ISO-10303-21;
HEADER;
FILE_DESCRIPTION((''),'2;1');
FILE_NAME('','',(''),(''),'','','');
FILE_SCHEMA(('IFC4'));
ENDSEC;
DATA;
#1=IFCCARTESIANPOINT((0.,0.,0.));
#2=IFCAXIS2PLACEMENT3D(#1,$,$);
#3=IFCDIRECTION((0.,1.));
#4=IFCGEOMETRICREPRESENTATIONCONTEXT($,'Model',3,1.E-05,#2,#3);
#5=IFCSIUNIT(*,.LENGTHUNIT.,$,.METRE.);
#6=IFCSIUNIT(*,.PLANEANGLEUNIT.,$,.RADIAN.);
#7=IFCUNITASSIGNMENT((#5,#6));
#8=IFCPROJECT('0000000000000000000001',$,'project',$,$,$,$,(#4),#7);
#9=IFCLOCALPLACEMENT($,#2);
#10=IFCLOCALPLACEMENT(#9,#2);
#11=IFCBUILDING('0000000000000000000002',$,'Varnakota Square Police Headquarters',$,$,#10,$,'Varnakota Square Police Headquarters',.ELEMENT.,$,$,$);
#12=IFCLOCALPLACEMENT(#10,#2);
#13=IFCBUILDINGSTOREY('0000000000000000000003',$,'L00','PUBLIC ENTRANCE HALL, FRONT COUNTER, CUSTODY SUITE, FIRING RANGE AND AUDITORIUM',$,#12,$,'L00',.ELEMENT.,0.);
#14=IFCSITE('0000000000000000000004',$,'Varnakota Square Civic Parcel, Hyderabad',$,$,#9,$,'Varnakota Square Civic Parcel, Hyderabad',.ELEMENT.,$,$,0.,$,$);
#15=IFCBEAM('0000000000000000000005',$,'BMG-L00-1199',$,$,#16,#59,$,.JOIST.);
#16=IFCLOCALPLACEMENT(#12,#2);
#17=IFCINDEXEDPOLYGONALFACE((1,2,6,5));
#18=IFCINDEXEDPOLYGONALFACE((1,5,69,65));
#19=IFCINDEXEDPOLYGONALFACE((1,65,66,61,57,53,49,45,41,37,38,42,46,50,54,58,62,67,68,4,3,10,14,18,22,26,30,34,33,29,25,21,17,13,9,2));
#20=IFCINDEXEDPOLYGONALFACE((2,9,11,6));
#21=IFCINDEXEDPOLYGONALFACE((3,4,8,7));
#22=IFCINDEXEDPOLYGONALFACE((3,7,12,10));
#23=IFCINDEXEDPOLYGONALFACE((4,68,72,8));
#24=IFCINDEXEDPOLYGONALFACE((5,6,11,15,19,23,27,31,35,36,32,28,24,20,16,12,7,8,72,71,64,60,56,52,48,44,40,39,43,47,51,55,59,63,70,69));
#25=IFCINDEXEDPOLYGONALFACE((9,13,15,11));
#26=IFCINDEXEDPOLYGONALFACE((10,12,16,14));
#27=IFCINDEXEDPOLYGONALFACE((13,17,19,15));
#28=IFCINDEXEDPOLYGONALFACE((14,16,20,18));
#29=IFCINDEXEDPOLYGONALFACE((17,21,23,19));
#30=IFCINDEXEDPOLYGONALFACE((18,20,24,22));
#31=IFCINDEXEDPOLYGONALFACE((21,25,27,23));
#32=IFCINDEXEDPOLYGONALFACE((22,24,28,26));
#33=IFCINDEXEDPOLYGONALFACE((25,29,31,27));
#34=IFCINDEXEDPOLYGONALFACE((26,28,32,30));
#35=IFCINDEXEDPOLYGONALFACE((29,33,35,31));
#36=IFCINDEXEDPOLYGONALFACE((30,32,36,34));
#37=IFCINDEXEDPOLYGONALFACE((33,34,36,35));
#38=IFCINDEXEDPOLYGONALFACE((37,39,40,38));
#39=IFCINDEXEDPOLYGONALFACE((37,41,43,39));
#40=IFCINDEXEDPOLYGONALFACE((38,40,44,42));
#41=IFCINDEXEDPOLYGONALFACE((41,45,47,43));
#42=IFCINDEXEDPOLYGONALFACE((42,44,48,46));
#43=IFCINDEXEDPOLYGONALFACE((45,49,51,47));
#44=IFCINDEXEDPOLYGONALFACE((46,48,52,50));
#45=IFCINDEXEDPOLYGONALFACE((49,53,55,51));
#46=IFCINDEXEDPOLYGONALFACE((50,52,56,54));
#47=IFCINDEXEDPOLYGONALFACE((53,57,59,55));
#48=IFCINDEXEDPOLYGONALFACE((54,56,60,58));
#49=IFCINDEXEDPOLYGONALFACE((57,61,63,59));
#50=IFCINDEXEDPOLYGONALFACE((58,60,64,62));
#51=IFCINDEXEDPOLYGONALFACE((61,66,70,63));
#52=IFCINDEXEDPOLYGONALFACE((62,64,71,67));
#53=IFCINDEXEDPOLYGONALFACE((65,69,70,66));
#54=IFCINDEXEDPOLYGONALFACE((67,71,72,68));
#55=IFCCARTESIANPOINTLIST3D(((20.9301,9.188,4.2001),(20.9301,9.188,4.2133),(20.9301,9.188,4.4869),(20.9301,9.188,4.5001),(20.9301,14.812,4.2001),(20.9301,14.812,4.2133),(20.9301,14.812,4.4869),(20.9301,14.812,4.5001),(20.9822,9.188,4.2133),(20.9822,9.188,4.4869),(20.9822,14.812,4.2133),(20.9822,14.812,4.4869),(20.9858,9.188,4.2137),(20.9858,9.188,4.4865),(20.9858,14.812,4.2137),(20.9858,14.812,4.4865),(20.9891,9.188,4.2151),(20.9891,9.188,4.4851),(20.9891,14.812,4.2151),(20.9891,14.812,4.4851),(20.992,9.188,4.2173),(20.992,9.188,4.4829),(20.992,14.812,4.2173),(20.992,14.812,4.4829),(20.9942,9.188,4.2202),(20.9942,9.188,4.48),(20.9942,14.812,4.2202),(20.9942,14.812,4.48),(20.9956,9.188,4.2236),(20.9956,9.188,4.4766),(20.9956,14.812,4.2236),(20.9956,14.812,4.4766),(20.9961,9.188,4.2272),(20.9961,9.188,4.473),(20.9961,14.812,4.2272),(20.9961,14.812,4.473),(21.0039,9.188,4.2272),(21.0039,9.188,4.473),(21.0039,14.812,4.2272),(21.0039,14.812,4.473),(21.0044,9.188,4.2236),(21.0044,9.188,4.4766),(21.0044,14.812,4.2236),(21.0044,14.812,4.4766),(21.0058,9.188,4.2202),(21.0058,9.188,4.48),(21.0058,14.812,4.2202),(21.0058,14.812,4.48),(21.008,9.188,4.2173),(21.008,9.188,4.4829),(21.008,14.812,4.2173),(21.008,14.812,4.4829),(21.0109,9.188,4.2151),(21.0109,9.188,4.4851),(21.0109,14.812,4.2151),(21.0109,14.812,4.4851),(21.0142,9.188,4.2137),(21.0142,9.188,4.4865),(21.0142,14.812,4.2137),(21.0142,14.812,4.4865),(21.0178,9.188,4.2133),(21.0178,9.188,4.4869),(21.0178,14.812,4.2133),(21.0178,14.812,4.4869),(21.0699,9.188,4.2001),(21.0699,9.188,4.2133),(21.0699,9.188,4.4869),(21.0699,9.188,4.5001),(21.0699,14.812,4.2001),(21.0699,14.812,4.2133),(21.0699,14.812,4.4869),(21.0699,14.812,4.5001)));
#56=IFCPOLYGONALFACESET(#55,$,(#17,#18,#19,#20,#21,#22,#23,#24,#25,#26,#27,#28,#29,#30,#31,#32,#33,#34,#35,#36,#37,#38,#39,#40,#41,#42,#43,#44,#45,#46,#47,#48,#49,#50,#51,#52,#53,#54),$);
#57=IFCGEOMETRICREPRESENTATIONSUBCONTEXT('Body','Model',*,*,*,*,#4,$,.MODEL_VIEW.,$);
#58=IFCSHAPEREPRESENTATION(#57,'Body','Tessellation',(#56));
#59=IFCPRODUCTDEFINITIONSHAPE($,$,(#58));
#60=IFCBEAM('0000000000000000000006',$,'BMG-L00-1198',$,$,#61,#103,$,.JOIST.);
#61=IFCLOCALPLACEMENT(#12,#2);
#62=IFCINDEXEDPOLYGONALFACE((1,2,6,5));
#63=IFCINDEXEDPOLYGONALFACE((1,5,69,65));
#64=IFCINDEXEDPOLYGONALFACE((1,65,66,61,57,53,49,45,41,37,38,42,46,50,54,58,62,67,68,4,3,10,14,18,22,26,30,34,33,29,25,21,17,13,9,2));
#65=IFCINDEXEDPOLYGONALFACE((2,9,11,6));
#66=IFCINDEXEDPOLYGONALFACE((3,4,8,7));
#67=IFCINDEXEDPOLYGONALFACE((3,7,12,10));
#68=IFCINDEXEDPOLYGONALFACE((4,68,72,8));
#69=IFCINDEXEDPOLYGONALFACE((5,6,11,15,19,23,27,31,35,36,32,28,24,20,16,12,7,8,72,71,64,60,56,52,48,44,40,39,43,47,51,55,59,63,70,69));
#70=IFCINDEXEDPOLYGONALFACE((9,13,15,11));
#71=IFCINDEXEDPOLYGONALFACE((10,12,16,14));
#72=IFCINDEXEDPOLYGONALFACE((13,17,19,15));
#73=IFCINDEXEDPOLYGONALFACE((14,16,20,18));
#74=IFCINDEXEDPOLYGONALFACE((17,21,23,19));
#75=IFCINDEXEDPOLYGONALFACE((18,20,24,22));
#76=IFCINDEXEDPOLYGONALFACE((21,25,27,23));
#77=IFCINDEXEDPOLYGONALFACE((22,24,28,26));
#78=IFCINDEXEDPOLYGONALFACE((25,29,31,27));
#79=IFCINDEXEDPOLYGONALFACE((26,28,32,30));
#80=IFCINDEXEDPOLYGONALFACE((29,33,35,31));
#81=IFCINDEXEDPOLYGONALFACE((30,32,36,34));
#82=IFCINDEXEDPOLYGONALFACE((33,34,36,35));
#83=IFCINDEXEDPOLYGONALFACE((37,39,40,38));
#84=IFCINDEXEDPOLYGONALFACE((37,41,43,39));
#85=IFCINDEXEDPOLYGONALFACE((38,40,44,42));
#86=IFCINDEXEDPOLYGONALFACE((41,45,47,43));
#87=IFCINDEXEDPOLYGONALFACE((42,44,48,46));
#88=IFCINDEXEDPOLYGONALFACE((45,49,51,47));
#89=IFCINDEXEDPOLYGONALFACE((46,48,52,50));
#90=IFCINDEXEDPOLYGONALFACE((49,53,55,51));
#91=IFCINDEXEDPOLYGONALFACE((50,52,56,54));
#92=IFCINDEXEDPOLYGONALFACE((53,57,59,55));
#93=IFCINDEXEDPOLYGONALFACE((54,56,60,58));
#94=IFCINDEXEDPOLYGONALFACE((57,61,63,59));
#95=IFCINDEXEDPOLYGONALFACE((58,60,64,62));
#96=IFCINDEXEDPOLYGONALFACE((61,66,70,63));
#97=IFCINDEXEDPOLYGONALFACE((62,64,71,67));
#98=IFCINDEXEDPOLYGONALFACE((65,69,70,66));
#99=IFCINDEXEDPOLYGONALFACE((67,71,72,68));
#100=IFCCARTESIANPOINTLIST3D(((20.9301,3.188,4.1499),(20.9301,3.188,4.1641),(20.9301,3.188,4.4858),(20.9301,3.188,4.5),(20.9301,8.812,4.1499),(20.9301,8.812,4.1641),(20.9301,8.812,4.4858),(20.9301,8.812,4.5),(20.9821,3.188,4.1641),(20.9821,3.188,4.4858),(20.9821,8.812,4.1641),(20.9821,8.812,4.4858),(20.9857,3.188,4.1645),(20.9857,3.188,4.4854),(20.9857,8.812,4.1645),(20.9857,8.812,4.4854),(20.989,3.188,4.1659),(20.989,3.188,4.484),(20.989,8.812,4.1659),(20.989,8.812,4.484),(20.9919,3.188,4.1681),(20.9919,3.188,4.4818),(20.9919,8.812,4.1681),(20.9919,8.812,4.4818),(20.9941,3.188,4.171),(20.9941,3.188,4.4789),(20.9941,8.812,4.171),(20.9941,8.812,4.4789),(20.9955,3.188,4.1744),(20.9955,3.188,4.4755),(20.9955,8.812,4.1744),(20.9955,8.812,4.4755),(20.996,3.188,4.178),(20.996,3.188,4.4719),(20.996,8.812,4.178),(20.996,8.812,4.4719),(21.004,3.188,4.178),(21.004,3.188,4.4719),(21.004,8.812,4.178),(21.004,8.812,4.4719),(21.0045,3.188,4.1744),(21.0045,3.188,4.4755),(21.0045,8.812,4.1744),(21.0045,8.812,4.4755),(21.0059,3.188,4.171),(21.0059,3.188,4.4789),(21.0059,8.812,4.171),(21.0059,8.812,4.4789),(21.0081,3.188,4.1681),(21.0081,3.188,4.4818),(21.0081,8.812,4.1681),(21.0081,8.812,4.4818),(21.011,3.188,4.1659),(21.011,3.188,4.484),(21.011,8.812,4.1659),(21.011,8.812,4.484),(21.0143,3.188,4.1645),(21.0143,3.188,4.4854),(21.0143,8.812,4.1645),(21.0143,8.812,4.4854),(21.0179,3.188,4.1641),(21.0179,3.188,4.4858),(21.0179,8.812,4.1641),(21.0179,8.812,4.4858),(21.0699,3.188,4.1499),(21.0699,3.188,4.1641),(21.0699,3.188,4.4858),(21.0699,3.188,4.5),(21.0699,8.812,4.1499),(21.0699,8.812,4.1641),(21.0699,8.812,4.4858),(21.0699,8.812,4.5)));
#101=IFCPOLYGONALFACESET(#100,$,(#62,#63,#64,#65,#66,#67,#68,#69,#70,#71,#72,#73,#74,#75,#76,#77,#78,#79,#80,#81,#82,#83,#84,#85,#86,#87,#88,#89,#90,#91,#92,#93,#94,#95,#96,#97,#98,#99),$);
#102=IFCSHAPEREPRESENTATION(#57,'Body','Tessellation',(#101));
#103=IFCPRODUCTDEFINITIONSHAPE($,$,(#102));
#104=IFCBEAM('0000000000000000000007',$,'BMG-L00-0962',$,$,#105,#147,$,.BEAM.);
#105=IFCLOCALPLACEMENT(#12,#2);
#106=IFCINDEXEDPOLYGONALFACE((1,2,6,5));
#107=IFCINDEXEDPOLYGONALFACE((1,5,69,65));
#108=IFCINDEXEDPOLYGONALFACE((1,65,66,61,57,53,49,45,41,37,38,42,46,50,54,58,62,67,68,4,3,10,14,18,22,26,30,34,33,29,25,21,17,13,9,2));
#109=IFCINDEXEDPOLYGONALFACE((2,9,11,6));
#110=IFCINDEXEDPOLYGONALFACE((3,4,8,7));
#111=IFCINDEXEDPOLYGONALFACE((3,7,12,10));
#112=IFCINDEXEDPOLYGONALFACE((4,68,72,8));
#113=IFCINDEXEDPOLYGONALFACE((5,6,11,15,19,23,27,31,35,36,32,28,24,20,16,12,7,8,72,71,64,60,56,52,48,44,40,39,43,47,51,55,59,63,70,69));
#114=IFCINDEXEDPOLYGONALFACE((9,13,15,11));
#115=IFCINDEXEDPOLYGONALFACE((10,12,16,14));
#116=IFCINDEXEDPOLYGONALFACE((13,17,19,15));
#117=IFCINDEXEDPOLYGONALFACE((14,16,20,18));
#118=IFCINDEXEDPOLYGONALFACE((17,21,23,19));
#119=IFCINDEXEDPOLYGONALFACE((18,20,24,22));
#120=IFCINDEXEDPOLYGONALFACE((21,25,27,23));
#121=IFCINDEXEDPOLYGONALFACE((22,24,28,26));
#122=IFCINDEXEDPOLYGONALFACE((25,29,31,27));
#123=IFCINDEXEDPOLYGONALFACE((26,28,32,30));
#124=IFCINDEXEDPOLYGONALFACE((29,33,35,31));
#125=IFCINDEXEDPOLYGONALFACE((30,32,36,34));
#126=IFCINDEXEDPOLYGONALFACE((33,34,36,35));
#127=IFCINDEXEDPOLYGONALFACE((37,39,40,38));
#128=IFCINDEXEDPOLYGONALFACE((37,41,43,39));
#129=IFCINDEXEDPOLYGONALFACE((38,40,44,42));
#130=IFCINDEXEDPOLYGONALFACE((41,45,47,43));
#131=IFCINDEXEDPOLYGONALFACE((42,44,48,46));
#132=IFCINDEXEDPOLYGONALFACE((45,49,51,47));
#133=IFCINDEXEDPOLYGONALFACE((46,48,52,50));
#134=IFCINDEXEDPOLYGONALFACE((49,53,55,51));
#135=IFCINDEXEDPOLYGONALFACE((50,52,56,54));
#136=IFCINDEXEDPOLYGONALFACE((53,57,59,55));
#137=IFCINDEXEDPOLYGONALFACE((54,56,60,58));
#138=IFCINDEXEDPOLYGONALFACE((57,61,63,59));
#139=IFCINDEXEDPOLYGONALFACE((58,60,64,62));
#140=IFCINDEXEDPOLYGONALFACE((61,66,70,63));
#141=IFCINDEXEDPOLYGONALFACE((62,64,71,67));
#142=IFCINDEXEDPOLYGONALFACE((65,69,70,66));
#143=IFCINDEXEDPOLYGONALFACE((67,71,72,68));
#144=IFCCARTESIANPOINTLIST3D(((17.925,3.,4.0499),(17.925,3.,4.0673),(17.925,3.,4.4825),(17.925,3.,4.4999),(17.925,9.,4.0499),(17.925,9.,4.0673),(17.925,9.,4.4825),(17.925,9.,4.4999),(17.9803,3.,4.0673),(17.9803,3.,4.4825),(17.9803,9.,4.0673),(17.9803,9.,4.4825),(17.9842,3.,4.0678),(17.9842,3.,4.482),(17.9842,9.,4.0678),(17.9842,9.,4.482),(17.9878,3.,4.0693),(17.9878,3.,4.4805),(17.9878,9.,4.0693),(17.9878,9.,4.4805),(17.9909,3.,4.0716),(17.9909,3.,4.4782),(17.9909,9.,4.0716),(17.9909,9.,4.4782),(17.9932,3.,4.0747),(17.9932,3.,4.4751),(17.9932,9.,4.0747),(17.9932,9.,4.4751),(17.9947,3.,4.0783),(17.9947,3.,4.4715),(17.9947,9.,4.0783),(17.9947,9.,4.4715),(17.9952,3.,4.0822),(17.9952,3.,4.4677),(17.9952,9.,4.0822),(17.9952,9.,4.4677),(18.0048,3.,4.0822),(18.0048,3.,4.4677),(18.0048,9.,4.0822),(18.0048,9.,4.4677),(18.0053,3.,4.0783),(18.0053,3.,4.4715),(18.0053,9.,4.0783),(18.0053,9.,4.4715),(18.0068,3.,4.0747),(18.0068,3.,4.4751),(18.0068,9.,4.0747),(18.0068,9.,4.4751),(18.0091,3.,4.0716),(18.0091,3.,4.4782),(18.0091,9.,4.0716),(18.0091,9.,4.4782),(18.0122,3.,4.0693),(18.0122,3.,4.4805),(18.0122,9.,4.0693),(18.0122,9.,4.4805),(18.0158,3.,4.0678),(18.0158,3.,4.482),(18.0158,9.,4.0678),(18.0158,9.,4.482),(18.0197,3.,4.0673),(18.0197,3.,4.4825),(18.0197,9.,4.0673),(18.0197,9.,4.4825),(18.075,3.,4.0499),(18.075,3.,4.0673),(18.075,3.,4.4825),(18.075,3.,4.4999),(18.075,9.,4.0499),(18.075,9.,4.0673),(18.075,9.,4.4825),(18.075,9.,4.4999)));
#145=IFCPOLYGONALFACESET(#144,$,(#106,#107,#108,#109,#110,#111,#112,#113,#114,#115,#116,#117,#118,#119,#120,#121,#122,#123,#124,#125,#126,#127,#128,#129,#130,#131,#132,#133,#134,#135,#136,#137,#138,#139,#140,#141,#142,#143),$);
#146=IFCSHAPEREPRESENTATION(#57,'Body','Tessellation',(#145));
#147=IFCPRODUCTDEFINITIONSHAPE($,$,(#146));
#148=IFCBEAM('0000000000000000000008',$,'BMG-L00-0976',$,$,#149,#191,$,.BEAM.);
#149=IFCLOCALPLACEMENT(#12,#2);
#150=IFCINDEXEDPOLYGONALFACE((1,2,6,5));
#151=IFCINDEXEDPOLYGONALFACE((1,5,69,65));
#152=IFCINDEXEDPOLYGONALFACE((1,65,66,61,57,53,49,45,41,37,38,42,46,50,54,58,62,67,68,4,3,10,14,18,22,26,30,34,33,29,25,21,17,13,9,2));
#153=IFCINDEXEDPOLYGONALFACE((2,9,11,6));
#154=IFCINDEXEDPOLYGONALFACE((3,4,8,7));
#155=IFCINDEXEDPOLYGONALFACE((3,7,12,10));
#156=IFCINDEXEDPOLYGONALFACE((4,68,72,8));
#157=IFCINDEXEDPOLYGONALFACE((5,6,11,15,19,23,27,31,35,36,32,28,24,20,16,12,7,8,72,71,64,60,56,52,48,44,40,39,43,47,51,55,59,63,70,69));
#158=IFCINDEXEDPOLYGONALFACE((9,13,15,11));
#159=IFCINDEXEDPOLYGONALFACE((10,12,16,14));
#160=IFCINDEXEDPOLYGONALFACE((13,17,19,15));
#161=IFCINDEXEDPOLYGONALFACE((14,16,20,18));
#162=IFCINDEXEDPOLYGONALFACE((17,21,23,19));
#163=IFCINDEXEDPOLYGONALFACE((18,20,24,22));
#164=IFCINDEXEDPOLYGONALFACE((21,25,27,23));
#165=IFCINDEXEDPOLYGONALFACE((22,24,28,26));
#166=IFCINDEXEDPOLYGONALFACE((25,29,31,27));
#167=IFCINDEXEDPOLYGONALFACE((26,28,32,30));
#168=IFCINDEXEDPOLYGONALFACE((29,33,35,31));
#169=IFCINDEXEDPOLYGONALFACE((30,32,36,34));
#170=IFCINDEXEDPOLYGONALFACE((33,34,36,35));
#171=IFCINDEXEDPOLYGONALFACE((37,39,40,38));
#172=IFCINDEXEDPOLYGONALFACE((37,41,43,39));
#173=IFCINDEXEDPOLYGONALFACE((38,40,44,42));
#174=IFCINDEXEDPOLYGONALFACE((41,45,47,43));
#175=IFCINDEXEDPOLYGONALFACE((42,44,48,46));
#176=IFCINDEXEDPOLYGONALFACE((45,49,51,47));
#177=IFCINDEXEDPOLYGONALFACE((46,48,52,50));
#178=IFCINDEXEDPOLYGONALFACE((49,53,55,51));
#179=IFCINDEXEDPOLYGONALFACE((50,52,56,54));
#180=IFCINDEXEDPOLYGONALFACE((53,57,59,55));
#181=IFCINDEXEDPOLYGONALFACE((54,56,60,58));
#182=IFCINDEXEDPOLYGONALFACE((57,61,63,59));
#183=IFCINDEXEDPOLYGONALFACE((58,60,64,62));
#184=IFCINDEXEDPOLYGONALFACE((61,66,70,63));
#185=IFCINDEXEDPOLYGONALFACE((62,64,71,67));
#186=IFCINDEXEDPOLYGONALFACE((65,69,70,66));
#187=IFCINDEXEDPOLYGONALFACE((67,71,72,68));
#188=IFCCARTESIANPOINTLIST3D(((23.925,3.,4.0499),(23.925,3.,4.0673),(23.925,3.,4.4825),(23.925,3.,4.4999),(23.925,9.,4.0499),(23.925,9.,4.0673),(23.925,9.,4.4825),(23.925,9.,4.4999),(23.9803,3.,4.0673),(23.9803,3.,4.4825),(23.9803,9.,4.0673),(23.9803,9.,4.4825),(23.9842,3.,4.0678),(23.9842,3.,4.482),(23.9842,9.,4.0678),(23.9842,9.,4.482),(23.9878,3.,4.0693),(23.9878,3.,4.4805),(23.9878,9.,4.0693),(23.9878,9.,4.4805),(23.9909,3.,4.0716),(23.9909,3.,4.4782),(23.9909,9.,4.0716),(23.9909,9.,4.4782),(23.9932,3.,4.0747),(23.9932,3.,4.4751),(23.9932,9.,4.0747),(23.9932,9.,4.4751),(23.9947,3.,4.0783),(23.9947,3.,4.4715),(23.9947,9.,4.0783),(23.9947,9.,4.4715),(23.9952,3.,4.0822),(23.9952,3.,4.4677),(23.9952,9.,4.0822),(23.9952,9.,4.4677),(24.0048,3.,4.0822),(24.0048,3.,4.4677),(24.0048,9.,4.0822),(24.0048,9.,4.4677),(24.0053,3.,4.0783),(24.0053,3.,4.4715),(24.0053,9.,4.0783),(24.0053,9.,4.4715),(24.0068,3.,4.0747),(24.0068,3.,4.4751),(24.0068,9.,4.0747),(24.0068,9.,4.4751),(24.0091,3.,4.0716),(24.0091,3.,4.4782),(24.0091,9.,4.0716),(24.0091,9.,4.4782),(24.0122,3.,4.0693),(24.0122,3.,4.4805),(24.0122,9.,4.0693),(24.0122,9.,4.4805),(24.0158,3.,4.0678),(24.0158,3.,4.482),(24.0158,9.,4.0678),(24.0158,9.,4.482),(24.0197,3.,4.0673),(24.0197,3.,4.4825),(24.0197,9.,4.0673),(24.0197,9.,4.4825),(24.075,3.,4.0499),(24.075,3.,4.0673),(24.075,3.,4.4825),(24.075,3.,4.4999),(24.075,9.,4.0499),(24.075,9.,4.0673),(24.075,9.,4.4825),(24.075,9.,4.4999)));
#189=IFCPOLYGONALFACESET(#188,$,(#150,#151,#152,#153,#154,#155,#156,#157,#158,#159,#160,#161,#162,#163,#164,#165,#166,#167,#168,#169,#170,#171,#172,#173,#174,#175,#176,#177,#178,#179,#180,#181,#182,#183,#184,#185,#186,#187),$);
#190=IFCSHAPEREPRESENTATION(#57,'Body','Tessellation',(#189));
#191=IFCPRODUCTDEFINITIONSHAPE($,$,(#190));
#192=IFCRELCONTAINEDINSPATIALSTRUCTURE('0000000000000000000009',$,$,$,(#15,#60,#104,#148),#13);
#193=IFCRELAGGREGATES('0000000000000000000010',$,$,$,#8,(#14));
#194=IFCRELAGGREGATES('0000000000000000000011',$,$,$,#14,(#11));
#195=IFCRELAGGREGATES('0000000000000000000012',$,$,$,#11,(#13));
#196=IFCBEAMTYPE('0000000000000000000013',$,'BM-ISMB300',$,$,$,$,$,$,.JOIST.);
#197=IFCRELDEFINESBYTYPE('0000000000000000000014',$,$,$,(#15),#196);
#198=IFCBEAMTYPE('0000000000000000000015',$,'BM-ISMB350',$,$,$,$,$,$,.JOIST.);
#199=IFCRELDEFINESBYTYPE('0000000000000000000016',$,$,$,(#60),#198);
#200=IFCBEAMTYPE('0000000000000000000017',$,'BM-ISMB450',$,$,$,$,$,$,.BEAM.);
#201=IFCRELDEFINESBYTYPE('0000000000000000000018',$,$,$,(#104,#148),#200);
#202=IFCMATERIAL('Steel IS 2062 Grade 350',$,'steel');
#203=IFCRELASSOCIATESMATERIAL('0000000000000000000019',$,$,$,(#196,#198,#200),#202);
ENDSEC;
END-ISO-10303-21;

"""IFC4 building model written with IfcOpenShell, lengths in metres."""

from ifc_helpers import new_model, si_unit, direction, frame, origin, origin_2d, place, context, subcontext, project, spatial, i_section, extrude, material, material_profile, profile_set, type_object, element, save


model = new_model("IFC4")

# Units and contexts
model_context = context("Model", 3, precision=1e-05, world=origin(), true_north=direction((0.0, 1.0)))
body_context = subcontext(model_context, "Body", "Model", "MODEL_VIEW")
ifc_project = project(units=[si_unit("LENGTHUNIT", "METRE"), si_unit("PLANEANGLEUNIT", "RADIAN")], contexts=[model_context])

# Site, building, storey
site_placement = place(None, origin())
site = spatial("IfcSite", under=ifc_project, at=site_placement, Name="Varnakota Square Civic Parcel, Hyderabad", LongName="Varnakota Square Civic Parcel, Hyderabad", CompositionType="ELEMENT", RefElevation=0.0)
building_placement = place(site_placement, origin())
building = spatial("IfcBuilding", under=site, at=building_placement, Name="Varnakota Square Police Headquarters", LongName="Varnakota Square Police Headquarters", CompositionType="ELEMENT")
storey_placement = place(building_placement, origin())
storey = spatial("IfcBuildingStorey", under=building, at=storey_placement, Name="L00", Description="PUBLIC ENTRANCE HALL, FRONT COUNTER, CUSTODY SUITE, FIRING RANGE AND AUDITORIUM", LongName="L00", CompositionType="ELEMENT", Elevation=0.0)

# Beams
ifc_material_1 = material(Name="Steel IS 2062 Grade 350", Category="steel")
ifc_material_profile_1 = material_profile(ifc_material_1, i_section(OverallWidth=0.1399, OverallDepth=0.3, WebThickness=0.0078, FlangeThickness=0.0132, FilletRadius=0.0139, at=origin_2d()), Name="ISMB 300")
ifc_profile_set_1 = profile_set([ifc_material_profile_1], Name="Steel IS 2062 Grade 350")
beam_type_1 = type_object("IfcBeamType", Name="BM-ISMB300", PredefinedType="JOIST", material=ifc_profile_set_1)
beam_1_placement = place(storey_placement, frame((21.0, 9.188, 4.3501), z_axis=(0.0, 1.0, 0.0), x_axis=(-1.0, 0.0, 0.0)))
element("IfcBeam", 1, at=beam_1_placement, inside=storey, type_object=beam_type_1, Name="BMG-L00-1199", PredefinedType="JOIST", context=body_context, shape_type="SweptSolid", body=[
    extrude(i_section(OverallWidth=0.1399, OverallDepth=0.3, WebThickness=0.0078, FlangeThickness=0.0132, FilletRadius=0.0139, at=origin_2d()), origin(), (0.0, 0.0, 1.0), 5.624),
])
ifc_material_profile_2 = material_profile(ifc_material_1, i_section(OverallWidth=0.1399, OverallDepth=0.3501, WebThickness=0.0081, FlangeThickness=0.0142, FilletRadius=0.0139, at=origin_2d()), Name="ISMB 350")
ifc_profile_set_2 = profile_set([ifc_material_profile_2], Name="Steel IS 2062 Grade 350")
beam_type_2 = type_object("IfcBeamType", Name="BM-ISMB350", PredefinedType="JOIST", material=ifc_profile_set_2)
beam_2_placement = place(storey_placement, frame((21.0, 3.188, 4.325), z_axis=(0.0, 1.0, 0.0), x_axis=(-1.0, 0.0, 0.0)))
element("IfcBeam", 2, at=beam_2_placement, inside=storey, type_object=beam_type_2, Name="BMG-L00-1198", PredefinedType="JOIST", context=body_context, shape_type="SweptSolid", body=[
    extrude(i_section(OverallWidth=0.1399, OverallDepth=0.3501, WebThickness=0.0081, FlangeThickness=0.0142, FilletRadius=0.0139, at=origin_2d()), origin(), (0.0, 0.0, 1.0), 5.624),
])
ifc_material_profile_3 = material_profile(ifc_material_1, i_section(OverallWidth=0.1499, OverallDepth=0.45, WebThickness=0.0095, FlangeThickness=0.0173, FilletRadius=0.0149, at=origin_2d()), Name="ISMB 450")
ifc_profile_set_3 = profile_set([ifc_material_profile_3], Name="Steel IS 2062 Grade 350")
beam_type_3 = type_object("IfcBeamType", Name="BM-ISMB450", PredefinedType="BEAM", material=ifc_profile_set_3)
for number, where, z_axis, x_axis, name in (
    (3, (18.0, 3.0, 4.2749), (0.0, 1.0, 0.0), (-1.0, 0.0, 0.0), "BMG-L00-0962"),
    (4, (24.0, 3.0, 4.2749), (0.0, 1.0, 0.0), (-1.0, 0.0, 0.0), "BMG-L00-0976"),
):
    element("IfcBeam", number, at=place(storey_placement, frame(where, z_axis=z_axis, x_axis=x_axis)), inside=storey, type_object=beam_type_3, Name=name, PredefinedType="BEAM", context=body_context, shape_type="SweptSolid", body=[
        extrude(i_section(OverallWidth=0.1499, OverallDepth=0.45, WebThickness=0.0095, FlangeThickness=0.0173, FilletRadius=0.0149, at=origin_2d()), origin(), (0.0, 0.0, 1.0), 6.0),
    ])

save(model, "model.ifc")
